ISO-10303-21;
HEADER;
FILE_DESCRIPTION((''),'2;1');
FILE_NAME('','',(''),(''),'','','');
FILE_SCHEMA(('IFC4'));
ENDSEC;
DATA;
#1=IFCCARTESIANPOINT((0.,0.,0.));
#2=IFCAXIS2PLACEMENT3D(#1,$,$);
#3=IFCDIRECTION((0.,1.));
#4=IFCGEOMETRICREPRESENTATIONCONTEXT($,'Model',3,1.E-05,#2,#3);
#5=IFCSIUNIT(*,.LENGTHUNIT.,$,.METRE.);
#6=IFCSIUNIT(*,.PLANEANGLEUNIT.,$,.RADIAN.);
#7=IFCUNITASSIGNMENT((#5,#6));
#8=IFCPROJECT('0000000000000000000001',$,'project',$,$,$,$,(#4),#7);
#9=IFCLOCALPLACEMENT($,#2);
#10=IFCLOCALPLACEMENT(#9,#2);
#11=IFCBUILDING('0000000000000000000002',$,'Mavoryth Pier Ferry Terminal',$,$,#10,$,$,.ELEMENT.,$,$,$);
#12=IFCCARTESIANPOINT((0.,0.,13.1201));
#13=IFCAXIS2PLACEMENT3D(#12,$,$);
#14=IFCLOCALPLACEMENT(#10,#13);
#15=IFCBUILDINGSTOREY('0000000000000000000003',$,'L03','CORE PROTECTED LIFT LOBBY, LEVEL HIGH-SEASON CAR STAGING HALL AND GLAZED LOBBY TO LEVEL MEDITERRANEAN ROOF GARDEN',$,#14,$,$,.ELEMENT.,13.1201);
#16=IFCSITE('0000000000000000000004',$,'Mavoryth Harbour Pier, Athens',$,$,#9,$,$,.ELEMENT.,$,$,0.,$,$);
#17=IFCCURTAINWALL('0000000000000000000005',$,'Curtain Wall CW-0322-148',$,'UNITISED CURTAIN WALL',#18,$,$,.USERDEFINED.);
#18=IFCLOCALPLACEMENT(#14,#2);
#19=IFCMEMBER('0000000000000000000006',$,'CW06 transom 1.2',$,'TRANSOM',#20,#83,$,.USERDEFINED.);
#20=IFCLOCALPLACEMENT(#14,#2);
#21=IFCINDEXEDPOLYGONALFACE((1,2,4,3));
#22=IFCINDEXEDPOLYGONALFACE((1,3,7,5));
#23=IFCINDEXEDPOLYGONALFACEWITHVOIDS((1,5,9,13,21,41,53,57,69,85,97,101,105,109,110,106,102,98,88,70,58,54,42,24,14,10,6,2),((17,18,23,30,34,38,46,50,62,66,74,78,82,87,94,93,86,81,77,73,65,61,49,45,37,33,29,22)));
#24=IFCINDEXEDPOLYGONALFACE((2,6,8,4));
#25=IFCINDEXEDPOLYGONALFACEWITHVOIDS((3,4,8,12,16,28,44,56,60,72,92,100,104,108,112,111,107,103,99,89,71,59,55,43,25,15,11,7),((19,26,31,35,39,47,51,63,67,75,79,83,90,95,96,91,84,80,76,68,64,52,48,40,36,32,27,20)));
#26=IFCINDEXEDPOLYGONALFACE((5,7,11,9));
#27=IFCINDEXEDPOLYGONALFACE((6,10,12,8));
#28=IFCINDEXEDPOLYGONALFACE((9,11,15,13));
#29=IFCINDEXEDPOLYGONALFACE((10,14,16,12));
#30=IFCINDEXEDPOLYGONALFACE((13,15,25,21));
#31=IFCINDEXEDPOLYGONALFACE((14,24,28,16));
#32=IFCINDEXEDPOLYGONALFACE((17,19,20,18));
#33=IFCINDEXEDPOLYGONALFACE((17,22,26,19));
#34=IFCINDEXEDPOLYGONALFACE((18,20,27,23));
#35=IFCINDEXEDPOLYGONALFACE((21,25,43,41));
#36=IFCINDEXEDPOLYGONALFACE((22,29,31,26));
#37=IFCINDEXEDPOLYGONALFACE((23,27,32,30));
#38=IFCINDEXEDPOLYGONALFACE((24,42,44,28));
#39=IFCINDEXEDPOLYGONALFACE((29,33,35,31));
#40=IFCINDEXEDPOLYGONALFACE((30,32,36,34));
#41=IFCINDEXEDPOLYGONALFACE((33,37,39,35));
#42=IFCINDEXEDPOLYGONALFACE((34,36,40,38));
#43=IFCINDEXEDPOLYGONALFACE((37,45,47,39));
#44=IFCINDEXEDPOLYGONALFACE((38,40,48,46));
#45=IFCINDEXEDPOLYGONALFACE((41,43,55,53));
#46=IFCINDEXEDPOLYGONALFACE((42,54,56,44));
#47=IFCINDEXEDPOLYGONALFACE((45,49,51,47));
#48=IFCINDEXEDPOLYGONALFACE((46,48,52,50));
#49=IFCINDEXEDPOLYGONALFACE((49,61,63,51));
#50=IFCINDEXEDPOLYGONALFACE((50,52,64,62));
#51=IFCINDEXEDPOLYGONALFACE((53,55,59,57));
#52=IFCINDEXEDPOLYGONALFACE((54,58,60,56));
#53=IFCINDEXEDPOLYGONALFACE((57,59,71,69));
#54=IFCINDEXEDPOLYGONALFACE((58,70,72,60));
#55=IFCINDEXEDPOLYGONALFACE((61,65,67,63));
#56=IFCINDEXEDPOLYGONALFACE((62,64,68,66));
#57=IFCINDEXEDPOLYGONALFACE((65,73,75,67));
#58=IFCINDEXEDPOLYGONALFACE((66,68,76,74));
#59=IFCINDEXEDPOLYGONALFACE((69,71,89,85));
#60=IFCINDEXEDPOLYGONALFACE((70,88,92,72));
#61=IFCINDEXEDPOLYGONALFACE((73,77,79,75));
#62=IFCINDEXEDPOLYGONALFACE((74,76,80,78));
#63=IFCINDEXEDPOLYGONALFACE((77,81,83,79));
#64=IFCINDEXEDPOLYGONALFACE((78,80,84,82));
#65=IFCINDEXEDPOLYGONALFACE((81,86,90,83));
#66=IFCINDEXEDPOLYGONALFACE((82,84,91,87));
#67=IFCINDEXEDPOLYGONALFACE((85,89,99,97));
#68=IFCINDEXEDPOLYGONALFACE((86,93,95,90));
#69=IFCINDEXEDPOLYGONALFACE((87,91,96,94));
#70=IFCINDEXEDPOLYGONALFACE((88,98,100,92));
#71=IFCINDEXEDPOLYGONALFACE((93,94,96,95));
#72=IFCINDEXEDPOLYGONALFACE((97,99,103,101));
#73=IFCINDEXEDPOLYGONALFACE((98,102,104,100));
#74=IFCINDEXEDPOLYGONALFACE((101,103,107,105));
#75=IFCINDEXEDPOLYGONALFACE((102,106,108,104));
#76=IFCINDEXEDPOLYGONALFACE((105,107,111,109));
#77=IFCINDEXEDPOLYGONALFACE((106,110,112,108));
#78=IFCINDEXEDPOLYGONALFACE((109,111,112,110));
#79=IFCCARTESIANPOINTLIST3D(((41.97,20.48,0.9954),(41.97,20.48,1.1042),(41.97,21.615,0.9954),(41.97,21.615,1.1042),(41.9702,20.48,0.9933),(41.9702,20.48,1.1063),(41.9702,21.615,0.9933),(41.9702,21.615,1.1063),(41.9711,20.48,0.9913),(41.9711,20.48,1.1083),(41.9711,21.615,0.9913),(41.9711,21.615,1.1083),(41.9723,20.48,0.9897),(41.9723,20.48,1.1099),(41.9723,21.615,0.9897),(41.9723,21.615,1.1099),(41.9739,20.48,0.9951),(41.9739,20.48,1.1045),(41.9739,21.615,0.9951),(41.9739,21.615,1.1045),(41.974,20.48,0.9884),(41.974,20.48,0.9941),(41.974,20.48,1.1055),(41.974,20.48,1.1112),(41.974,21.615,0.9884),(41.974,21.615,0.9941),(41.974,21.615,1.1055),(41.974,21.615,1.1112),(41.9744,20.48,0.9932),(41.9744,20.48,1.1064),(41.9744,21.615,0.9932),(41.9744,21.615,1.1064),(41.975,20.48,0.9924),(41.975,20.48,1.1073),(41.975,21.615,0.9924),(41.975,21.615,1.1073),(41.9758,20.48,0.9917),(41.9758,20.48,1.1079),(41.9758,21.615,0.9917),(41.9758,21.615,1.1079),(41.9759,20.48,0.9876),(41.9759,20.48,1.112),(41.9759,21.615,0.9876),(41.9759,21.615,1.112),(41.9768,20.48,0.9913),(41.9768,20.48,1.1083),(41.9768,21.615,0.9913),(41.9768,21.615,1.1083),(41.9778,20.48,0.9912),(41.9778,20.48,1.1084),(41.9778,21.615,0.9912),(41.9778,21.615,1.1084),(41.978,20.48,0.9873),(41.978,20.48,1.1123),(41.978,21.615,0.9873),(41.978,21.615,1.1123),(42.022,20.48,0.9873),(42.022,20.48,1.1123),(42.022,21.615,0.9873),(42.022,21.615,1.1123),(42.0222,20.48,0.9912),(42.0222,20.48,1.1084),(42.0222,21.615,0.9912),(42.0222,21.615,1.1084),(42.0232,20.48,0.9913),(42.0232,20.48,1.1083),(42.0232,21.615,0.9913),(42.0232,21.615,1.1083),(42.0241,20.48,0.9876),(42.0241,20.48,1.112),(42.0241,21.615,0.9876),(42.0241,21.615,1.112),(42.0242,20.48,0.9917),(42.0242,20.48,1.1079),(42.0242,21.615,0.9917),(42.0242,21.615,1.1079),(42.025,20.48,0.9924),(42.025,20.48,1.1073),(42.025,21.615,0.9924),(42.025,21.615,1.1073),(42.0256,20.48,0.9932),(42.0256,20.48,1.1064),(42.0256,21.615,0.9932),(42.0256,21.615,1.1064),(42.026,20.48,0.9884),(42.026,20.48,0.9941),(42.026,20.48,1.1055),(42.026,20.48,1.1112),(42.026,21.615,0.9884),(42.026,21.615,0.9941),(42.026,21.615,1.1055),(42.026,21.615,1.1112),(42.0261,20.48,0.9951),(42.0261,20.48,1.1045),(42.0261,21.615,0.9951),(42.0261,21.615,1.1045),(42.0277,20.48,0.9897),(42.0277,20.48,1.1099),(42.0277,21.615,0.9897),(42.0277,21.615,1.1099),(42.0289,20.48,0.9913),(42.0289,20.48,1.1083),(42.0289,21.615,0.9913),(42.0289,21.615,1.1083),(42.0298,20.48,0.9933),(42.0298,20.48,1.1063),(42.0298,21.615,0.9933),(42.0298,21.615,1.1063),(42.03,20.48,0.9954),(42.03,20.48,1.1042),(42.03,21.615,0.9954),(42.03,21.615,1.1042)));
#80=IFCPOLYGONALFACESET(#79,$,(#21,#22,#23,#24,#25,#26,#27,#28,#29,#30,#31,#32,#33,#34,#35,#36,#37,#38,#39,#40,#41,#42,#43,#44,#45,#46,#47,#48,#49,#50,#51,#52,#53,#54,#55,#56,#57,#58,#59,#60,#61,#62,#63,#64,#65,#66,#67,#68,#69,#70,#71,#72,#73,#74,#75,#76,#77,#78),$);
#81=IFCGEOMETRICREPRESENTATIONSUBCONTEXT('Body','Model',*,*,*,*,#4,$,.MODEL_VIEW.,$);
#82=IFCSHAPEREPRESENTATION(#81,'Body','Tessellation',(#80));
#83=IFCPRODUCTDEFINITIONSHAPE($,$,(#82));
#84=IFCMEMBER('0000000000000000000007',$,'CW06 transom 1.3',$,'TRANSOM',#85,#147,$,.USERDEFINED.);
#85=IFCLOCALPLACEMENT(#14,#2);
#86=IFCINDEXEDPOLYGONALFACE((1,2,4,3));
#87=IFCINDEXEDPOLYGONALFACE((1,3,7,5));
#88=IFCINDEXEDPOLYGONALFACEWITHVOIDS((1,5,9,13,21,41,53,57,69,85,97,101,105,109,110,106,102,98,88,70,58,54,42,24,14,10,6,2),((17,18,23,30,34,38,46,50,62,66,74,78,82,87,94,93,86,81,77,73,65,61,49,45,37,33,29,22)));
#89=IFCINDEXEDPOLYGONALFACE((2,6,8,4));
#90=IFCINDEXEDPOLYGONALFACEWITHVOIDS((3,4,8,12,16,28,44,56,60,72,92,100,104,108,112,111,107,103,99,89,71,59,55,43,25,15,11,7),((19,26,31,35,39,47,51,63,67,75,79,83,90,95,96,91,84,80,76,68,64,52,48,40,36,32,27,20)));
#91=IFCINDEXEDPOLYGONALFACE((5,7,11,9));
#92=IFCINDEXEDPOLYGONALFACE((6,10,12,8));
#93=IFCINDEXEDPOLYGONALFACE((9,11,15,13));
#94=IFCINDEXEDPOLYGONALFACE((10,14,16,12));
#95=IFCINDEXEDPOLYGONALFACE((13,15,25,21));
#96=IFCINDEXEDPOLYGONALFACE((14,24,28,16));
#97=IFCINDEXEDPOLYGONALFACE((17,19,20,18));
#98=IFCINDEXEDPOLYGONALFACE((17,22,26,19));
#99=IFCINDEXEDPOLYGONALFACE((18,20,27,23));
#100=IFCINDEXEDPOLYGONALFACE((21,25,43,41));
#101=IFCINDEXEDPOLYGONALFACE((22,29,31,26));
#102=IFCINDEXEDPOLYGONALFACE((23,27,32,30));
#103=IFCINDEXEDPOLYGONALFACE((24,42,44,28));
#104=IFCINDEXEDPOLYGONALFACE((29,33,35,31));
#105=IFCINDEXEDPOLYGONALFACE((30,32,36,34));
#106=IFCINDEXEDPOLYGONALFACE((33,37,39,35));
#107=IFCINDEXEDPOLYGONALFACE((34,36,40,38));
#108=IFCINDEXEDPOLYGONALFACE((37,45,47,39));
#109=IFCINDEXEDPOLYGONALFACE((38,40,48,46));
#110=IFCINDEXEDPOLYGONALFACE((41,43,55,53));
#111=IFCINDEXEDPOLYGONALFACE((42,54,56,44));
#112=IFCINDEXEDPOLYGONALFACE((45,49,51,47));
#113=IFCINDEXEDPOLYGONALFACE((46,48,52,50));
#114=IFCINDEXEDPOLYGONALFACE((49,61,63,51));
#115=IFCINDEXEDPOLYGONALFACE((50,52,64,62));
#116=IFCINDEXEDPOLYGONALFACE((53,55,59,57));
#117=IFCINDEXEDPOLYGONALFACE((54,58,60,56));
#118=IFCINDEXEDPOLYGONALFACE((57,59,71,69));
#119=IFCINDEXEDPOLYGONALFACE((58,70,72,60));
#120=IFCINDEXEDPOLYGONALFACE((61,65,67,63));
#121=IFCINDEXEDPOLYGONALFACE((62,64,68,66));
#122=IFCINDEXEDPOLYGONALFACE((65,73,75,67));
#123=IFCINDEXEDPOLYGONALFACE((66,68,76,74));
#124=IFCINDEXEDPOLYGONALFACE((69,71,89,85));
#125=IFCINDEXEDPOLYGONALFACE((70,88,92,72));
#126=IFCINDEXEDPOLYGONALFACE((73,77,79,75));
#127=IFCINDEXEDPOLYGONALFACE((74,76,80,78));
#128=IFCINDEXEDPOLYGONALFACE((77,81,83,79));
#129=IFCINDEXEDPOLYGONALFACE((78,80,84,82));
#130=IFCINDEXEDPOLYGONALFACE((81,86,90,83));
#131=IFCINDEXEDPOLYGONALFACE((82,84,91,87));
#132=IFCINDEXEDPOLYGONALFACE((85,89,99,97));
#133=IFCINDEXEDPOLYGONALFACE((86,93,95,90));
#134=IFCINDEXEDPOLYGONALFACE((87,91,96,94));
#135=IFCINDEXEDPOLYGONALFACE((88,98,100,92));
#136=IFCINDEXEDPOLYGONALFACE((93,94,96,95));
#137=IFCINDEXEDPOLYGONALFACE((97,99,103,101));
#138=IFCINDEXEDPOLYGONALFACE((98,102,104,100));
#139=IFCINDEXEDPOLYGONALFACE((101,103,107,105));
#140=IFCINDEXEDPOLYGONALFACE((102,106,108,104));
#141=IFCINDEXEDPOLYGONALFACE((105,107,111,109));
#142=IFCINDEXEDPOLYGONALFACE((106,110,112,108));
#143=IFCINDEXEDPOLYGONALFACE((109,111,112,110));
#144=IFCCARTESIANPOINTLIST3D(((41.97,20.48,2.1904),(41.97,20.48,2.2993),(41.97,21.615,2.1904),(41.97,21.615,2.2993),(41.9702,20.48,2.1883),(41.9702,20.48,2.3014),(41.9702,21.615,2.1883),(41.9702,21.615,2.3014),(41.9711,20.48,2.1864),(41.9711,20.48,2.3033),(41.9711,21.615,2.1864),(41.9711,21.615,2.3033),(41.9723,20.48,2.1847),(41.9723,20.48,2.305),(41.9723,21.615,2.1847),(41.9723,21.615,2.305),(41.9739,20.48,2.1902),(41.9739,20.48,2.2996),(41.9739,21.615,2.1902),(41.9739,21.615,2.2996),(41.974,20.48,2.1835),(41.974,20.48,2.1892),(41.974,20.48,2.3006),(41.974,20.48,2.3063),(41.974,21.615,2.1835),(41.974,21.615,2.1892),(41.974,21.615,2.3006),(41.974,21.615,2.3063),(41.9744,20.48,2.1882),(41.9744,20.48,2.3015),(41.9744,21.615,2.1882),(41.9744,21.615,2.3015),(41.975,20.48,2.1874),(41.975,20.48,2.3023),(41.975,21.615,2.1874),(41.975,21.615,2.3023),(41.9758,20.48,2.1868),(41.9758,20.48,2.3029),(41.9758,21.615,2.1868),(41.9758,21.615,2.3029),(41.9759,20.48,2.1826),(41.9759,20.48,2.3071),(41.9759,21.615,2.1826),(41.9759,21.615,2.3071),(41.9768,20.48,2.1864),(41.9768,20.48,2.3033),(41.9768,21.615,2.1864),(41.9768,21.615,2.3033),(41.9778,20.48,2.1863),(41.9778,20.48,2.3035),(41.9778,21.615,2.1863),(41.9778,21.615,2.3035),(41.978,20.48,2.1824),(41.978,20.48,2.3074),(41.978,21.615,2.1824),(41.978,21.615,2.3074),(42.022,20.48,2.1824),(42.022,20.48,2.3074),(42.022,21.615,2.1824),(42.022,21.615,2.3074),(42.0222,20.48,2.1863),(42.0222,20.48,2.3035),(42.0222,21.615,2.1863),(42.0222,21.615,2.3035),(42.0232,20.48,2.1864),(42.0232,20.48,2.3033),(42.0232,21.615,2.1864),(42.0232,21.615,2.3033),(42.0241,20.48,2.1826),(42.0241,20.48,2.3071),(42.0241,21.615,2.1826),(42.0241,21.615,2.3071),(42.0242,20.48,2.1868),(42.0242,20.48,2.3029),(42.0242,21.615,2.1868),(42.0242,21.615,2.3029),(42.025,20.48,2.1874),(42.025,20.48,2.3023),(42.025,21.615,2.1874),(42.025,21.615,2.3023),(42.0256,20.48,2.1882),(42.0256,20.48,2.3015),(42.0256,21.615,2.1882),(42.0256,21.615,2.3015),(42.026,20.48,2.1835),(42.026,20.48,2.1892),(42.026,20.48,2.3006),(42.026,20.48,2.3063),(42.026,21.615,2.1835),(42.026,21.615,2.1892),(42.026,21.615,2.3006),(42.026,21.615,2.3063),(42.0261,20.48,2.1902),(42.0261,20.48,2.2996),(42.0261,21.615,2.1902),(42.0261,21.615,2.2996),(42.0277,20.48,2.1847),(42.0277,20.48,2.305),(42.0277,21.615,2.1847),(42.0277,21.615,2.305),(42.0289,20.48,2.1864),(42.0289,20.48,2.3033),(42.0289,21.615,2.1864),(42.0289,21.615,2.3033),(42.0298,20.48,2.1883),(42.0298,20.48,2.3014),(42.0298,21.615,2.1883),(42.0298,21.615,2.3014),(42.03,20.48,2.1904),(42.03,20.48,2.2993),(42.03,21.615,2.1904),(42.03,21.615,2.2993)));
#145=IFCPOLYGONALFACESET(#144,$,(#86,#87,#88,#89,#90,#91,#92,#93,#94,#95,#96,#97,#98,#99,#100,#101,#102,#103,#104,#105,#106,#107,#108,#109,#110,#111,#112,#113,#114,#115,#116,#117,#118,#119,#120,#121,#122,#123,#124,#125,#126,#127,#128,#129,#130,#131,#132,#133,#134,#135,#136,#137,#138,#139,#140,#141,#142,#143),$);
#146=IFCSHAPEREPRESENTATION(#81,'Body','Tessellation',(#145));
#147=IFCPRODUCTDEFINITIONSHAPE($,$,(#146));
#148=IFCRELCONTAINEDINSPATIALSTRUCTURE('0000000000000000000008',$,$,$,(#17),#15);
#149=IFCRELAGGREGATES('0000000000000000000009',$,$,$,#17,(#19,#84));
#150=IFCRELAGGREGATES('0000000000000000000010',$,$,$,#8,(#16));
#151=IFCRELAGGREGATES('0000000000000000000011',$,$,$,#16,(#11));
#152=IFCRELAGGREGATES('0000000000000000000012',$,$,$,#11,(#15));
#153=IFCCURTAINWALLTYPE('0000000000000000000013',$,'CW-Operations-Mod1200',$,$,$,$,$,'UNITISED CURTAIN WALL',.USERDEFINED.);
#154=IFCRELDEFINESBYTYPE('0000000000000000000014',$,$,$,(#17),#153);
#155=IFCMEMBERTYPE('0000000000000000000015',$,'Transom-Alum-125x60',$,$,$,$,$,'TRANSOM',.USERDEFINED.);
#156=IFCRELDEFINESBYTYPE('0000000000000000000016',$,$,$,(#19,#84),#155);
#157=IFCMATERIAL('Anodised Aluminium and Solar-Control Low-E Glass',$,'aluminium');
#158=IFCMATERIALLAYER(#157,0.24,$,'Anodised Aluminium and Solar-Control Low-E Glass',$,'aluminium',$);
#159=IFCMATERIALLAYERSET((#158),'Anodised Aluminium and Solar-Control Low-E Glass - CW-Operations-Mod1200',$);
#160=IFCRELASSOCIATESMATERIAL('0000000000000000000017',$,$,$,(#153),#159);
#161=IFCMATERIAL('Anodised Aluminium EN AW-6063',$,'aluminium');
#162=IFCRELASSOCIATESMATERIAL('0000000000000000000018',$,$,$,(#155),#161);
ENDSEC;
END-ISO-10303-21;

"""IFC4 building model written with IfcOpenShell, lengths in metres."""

from ifc_helpers import new_model, si_unit, direction, frame, origin, origin_2d, place, context, subcontext, project, spatial, hollow_rectangle, extrude, material, layer, layer_set, material_profile, profile_set, type_object, element, aggregate, save


model = new_model("IFC4")

# Units and contexts
model_context = context("Model", 3, precision=1e-05, world=origin(), true_north=direction((0.0, 1.0)))
body_context = subcontext(model_context, "Body", "Model", "MODEL_VIEW")
ifc_project = project(units=[si_unit("LENGTHUNIT", "METRE"), si_unit("PLANEANGLEUNIT", "RADIAN")], contexts=[model_context])

# Site, building, storey
site_placement = place(None, origin())
site = spatial("IfcSite", under=ifc_project, at=site_placement, Name="Mavoryth Harbour Pier, Athens", CompositionType="ELEMENT", RefElevation=0.0)
building_placement = place(site_placement, origin())
building = spatial("IfcBuilding", under=site, at=building_placement, Name="Mavoryth Pier Ferry Terminal", CompositionType="ELEMENT")
storey_placement = place(building_placement, frame((0.0, 0.0, 13.1201)))
storey = spatial("IfcBuildingStorey", under=building, at=storey_placement, Name="L03", Description="CORE PROTECTED LIFT LOBBY, LEVEL HIGH-SEASON CAR STAGING HALL AND GLAZED LOBBY TO LEVEL MEDITERRANEAN ROOF GARDEN", CompositionType="ELEMENT", Elevation=13.1201)

# Curtain wall, members
ifc_material_1 = material(Name="Anodised Aluminium and Solar-Control Low-E Glass", Category="aluminium")
ifc_layer_1 = layer(ifc_material_1, 0.24, Name="Anodised Aluminium and Solar-Control Low-E Glass", Category="aluminium")
ifc_layer_set_1 = layer_set([ifc_layer_1], Name="Anodised Aluminium and Solar-Control Low-E Glass - CW-Operations-Mod1200")
curtain_wall_type = type_object("IfcCurtainWallType", Name="CW-Operations-Mod1200", ElementType="UNITISED CURTAIN WALL", PredefinedType="USERDEFINED", material=ifc_layer_set_1)
curtain_wall_placement = place(storey_placement, origin())
curtain_wall = element("IfcCurtainWall", 1, at=curtain_wall_placement, inside=storey, type_object=curtain_wall_type, Name="Curtain Wall CW-0322-148", ObjectType="UNITISED CURTAIN WALL", PredefinedType="USERDEFINED")
ifc_material_2 = material(Name="Anodised Aluminium EN AW-6063", Category="aluminium")
ifc_material_profile_1 = material_profile(ifc_material_2, hollow_rectangle(XDim=0.0601, YDim=0.125, WallThickness=0.0039, InnerFilletRadius=0.0039, OuterFilletRadius=0.0081, at=origin_2d()), Name="AL-TRAN 125x60x4", Category="aluminium")
ifc_profile_set_1 = profile_set([ifc_material_profile_1], Name="Anodised Aluminium EN AW-6063 - AL-TRAN 125x60x4")
member_type_1 = type_object("IfcMemberType", Name="Transom-Alum-125x60", ElementType="TRANSOM", PredefinedType="USERDEFINED", material=ifc_profile_set_1)
member_1_placement = place(storey_placement, frame((42.0, 21.615, 1.0498), z_axis=(0.0, -1.0, 0.0), x_axis=(1.0, 0.0, 0.0)))
member_1 = element("IfcMember", 2, at=member_1_placement, type_object=member_type_1, Name="CW06 transom 1.2", ObjectType="TRANSOM", PredefinedType="USERDEFINED", context=body_context, shape_type="SweptSolid", body=[
    extrude(hollow_rectangle(XDim=0.0601, YDim=0.125, WallThickness=0.0039, InnerFilletRadius=0.0039, OuterFilletRadius=0.0081, at=origin_2d()), origin(), (0.0, 0.0, 1.0), 1.135),
])
member_2_placement = place(storey_placement, frame((42.0, 21.615, 2.2449), z_axis=(0.0, -1.0, 0.0), x_axis=(1.0, 0.0, 0.0)))
member_2 = element("IfcMember", 3, at=member_2_placement, type_object=member_type_1, Name="CW06 transom 1.3", ObjectType="TRANSOM", PredefinedType="USERDEFINED", context=body_context, shape_type="SweptSolid", body=[
    extrude(hollow_rectangle(XDim=0.0601, YDim=0.125, WallThickness=0.0039, InnerFilletRadius=0.0039, OuterFilletRadius=0.0081, at=origin_2d()), origin(), (0.0, 0.0, 1.0), 1.135),
])
aggregate(curtain_wall, [member_1, member_2])

save(model, "model.ifc")
